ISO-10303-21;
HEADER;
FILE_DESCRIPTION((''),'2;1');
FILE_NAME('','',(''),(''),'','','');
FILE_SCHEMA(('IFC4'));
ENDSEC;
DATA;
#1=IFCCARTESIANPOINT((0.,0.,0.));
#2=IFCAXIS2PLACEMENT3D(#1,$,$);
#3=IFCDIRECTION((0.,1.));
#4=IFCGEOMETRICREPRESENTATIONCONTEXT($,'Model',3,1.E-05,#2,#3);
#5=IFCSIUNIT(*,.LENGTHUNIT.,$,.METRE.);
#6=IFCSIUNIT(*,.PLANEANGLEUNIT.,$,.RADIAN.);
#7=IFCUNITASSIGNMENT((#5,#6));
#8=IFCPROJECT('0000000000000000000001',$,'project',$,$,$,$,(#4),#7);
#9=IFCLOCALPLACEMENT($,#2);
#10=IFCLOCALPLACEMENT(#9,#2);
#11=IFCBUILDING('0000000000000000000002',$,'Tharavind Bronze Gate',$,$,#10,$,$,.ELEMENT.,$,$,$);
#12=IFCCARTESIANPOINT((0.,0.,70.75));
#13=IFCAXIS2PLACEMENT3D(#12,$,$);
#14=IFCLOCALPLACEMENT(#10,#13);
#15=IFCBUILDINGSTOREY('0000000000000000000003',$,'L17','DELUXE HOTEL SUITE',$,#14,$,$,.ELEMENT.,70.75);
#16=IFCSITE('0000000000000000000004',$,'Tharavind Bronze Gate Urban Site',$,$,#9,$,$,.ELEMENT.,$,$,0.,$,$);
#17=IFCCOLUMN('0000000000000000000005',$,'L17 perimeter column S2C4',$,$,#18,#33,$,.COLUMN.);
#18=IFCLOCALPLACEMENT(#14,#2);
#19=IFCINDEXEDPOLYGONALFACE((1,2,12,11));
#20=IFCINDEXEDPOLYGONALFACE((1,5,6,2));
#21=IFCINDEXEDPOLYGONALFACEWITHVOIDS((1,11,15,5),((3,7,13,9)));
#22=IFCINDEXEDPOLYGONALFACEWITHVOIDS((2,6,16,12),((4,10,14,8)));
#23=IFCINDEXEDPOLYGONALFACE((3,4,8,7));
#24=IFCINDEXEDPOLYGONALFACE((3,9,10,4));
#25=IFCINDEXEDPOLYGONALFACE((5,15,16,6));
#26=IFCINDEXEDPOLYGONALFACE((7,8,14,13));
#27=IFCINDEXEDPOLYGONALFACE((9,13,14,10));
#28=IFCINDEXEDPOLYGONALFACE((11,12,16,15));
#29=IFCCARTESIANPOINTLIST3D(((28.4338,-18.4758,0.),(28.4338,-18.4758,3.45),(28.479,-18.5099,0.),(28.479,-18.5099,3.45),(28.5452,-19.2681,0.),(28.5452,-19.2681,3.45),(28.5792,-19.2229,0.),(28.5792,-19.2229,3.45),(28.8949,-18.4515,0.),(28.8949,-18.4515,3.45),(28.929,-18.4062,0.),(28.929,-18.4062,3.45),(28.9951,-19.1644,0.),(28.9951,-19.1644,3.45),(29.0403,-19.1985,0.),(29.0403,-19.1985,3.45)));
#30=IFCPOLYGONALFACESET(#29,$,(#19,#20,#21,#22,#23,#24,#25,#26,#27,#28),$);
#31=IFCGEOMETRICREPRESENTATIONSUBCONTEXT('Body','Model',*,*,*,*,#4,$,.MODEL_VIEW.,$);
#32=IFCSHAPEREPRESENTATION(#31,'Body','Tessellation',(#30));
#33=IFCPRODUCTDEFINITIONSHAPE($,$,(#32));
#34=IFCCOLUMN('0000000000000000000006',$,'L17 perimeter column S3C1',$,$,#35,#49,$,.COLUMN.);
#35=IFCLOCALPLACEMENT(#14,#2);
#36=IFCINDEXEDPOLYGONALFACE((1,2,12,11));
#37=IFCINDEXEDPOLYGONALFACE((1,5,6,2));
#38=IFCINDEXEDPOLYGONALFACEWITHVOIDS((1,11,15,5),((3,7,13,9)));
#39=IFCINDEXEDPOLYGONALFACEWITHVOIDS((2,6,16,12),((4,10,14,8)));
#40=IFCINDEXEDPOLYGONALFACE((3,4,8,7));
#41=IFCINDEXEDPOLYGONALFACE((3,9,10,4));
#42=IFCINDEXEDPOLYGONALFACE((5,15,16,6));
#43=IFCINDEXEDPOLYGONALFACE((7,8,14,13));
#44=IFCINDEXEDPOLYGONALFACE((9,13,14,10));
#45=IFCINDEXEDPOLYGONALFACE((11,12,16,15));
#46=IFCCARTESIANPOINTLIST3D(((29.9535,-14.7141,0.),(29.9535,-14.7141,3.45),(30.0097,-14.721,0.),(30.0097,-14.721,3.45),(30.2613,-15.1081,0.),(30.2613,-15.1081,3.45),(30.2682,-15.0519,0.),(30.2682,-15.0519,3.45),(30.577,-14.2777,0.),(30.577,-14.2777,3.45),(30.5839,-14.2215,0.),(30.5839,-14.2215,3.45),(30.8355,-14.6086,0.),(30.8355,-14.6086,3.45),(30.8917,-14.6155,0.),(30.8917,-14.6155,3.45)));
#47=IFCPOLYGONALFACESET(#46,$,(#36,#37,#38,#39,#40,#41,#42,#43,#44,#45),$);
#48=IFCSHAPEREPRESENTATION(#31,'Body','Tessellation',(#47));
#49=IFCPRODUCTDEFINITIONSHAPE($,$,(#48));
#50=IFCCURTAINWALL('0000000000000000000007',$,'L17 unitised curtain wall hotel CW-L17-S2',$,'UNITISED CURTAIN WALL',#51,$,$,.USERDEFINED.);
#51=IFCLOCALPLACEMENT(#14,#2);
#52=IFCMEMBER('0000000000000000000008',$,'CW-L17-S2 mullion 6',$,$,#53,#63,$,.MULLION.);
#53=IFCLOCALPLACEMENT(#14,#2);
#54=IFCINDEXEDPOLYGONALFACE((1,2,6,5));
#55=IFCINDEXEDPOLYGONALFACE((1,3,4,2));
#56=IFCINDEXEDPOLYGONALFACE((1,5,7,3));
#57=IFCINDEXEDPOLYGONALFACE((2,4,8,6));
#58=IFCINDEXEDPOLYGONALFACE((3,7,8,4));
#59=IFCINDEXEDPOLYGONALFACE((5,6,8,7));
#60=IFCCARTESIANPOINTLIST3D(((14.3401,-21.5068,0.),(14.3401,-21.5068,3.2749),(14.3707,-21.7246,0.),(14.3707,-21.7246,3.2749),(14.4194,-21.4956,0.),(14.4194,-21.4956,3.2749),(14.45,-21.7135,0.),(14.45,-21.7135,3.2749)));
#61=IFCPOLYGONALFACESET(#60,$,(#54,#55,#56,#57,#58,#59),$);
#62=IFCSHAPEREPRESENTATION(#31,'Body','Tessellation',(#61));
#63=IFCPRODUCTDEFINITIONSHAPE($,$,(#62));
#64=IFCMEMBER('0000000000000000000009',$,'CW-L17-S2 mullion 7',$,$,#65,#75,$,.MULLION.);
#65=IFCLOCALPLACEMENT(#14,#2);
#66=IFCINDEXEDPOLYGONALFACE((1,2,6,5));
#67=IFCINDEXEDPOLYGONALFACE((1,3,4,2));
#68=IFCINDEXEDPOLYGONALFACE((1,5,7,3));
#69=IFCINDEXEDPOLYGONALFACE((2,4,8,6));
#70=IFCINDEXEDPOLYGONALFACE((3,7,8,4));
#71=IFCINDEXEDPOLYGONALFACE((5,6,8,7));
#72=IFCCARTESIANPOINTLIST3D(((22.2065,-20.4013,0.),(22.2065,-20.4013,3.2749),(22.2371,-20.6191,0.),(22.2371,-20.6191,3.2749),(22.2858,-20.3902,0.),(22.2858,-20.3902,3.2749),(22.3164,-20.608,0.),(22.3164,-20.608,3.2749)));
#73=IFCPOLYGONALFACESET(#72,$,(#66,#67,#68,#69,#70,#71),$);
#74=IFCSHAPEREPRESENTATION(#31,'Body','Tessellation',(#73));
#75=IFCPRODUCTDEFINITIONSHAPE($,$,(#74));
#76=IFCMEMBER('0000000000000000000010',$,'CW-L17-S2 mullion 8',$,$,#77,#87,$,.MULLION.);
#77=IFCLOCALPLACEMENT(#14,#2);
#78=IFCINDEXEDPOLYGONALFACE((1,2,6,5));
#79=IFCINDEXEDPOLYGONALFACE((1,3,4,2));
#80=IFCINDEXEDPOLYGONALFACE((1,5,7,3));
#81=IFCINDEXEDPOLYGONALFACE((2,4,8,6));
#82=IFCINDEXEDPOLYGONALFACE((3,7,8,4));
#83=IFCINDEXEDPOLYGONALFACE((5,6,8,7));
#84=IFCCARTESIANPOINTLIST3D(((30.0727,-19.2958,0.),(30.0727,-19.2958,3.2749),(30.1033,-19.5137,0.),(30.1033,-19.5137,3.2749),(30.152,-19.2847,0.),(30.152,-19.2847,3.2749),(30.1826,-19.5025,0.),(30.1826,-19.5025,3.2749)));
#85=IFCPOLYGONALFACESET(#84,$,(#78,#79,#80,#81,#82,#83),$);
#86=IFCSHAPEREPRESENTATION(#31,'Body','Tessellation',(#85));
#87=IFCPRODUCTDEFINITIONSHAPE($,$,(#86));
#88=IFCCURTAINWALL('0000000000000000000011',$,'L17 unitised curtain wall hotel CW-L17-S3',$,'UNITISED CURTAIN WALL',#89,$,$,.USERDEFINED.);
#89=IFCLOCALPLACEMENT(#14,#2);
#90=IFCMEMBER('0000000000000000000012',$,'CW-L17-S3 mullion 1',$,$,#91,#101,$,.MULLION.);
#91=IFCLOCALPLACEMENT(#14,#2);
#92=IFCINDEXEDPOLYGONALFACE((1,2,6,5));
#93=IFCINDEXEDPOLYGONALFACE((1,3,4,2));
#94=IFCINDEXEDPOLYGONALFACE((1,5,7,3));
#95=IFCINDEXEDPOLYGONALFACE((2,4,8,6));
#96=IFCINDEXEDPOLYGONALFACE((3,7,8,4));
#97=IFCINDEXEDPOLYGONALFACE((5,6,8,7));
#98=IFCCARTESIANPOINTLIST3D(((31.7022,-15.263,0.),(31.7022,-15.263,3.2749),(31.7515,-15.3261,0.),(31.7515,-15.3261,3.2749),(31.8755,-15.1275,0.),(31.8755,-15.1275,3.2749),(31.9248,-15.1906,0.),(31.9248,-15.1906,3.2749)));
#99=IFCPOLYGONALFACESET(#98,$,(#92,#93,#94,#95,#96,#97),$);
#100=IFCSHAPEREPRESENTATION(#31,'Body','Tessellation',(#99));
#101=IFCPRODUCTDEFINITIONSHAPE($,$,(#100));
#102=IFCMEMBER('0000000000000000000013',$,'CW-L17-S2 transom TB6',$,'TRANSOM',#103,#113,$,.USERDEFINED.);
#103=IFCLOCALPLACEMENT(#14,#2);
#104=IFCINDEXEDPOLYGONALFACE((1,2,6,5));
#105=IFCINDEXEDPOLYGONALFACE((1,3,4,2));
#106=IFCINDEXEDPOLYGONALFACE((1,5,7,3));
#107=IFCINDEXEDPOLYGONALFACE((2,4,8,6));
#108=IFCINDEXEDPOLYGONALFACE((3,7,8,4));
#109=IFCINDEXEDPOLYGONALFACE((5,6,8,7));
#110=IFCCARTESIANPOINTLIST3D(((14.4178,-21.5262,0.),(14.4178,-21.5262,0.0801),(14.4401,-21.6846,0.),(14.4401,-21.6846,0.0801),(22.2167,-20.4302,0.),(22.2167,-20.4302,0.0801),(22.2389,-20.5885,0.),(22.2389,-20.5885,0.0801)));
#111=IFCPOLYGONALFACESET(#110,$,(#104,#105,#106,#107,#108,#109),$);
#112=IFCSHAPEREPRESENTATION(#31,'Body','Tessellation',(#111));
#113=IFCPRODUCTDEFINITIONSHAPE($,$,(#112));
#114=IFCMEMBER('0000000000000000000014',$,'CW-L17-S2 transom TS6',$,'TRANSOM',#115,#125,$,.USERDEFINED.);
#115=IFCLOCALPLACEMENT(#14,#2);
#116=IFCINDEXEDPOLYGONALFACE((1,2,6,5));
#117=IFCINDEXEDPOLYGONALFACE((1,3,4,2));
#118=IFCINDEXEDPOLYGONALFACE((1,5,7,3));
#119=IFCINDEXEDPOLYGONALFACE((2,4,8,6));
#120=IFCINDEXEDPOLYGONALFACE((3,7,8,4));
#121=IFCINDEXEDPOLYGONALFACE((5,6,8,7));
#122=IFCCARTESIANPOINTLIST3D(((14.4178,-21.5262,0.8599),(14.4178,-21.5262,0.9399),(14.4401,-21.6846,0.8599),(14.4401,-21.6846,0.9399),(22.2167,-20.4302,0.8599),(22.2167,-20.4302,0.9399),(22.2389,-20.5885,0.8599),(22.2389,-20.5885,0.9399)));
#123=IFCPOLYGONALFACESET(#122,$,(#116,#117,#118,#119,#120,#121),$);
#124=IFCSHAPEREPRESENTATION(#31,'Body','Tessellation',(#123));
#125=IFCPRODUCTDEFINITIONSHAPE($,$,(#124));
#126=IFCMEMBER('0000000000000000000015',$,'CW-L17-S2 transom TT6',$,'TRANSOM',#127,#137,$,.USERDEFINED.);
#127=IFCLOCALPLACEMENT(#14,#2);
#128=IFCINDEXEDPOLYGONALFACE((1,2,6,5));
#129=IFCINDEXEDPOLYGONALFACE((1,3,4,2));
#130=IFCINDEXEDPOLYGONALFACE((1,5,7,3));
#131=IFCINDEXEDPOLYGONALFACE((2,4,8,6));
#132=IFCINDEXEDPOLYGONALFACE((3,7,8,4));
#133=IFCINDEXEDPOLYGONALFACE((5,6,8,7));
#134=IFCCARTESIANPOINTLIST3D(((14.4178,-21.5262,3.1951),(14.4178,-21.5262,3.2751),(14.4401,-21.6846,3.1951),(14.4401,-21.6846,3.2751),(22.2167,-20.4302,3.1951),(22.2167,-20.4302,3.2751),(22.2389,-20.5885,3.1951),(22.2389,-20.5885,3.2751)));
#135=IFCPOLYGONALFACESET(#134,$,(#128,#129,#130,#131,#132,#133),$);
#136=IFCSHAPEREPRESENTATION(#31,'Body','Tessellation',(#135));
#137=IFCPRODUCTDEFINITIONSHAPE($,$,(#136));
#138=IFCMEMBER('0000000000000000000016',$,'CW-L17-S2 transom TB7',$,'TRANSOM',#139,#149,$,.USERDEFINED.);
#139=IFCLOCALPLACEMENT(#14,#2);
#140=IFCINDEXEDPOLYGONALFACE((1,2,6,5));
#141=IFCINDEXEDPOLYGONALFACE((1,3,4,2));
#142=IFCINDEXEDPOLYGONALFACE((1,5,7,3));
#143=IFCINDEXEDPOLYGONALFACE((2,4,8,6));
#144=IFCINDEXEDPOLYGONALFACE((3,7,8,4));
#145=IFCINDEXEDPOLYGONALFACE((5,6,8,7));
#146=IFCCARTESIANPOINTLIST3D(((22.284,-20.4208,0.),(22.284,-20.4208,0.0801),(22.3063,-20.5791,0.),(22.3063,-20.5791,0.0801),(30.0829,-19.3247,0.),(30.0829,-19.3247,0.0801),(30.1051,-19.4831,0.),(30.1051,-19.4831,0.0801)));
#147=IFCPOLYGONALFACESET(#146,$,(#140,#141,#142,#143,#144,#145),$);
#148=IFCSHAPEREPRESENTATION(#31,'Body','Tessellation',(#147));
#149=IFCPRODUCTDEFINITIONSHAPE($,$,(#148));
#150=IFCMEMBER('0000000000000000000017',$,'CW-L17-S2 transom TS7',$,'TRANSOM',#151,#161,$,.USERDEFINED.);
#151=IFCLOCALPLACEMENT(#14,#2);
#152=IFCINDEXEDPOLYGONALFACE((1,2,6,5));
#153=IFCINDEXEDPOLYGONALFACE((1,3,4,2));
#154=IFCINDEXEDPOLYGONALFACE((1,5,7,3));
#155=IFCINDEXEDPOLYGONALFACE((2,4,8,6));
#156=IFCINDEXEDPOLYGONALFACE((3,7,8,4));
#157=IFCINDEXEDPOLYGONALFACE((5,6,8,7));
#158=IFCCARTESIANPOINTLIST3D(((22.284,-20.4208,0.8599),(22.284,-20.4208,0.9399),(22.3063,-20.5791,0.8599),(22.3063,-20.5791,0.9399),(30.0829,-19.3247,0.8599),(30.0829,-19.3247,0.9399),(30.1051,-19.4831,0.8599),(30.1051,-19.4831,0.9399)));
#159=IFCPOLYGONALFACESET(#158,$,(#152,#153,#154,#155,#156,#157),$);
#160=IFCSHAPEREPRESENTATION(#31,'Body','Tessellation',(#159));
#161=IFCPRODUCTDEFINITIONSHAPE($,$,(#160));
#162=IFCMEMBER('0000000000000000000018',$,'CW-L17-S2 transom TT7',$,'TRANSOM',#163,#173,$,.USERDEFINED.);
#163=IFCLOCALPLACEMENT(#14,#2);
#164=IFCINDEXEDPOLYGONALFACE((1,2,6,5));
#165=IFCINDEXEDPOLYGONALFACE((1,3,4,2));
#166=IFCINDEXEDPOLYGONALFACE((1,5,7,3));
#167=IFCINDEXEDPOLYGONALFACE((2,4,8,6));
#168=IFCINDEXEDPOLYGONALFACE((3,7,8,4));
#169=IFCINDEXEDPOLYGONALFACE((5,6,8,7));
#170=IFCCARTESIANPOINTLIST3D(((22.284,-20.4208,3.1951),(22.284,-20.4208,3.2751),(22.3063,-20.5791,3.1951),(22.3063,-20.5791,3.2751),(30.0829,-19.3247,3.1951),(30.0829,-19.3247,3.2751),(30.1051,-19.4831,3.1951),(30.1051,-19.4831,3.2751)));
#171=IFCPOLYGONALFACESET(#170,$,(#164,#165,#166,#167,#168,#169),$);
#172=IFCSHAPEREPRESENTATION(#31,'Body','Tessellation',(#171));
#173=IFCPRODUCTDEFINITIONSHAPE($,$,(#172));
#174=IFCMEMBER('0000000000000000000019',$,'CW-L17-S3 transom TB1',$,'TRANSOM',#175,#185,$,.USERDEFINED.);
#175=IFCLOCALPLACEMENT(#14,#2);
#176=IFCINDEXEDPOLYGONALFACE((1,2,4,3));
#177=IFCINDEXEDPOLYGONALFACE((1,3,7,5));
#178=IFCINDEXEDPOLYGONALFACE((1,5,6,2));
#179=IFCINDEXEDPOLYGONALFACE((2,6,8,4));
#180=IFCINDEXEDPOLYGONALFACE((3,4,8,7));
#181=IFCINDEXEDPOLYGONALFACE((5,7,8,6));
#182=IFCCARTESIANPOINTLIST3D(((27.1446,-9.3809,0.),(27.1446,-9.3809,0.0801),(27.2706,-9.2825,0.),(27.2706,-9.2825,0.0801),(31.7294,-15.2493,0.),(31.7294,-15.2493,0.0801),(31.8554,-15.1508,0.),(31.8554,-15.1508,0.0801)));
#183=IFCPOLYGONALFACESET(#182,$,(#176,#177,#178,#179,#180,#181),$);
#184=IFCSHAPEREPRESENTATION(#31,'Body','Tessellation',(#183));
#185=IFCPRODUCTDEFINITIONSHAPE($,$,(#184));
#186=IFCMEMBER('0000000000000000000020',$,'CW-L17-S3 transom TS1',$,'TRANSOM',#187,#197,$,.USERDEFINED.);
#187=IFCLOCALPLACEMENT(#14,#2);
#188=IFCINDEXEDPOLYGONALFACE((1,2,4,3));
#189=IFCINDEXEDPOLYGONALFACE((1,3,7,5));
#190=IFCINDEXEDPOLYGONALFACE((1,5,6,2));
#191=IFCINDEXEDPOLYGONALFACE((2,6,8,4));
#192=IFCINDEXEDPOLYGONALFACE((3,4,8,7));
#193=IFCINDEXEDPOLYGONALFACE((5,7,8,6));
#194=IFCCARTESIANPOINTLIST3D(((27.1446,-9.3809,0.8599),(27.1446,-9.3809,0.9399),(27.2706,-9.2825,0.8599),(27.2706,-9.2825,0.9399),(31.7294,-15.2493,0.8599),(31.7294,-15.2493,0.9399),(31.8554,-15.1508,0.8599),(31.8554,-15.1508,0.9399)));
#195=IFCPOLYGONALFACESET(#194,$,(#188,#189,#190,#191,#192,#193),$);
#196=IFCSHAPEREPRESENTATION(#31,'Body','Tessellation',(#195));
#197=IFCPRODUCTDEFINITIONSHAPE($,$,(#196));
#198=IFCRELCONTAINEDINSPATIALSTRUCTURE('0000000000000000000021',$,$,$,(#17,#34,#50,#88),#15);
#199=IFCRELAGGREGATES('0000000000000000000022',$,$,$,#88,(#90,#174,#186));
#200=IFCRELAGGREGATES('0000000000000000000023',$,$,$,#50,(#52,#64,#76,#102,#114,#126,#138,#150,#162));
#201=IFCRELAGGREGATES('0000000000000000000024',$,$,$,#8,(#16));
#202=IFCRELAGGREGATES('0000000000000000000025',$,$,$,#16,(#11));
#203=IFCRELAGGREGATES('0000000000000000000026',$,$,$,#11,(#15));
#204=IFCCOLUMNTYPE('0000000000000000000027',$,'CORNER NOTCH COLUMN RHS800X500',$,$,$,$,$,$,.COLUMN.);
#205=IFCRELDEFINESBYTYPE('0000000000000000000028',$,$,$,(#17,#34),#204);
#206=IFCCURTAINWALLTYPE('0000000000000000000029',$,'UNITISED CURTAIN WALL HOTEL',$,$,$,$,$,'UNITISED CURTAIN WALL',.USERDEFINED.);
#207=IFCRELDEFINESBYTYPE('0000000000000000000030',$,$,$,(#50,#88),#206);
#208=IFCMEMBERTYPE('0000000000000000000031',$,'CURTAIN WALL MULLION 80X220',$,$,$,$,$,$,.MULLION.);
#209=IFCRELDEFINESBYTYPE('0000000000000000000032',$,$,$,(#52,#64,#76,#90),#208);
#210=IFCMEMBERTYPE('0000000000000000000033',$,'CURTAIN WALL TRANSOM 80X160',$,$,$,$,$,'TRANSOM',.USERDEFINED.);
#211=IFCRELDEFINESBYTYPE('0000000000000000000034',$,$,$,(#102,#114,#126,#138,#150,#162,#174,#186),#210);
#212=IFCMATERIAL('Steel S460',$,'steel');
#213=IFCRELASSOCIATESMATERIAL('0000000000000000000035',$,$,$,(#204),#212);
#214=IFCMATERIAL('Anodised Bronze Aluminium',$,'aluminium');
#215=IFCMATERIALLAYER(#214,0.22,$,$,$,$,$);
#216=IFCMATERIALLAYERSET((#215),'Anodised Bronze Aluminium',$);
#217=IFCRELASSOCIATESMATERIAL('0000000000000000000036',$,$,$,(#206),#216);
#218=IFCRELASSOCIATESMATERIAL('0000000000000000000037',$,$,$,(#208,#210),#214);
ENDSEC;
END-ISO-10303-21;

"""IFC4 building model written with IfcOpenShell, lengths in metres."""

from ifc_helpers import new_model, si_unit, direction, frame, origin, origin_2d, place, context, subcontext, project, spatial, rectangle, hollow_rectangle, extrude, material, layer, layer_set, material_profile, profile_set, type_object, element, aggregate, save


model = new_model("IFC4")

# Units and contexts
model_context = context("Model", 3, precision=1e-05, world=origin(), true_north=direction((0.0, 1.0)))
body_context = subcontext(model_context, "Body", "Model", "MODEL_VIEW")
ifc_project = project(units=[si_unit("LENGTHUNIT", "METRE"), si_unit("PLANEANGLEUNIT", "RADIAN")], contexts=[model_context])

# Site, building, storey
site_placement = place(None, origin())
site = spatial("IfcSite", under=ifc_project, at=site_placement, Name="Tharavind Bronze Gate Urban Site", CompositionType="ELEMENT", RefElevation=0.0)
building_placement = place(site_placement, origin())
building = spatial("IfcBuilding", under=site, at=building_placement, Name="Tharavind Bronze Gate", CompositionType="ELEMENT")
storey_placement = place(building_placement, frame((0.0, 0.0, 70.75)))
storey = spatial("IfcBuildingStorey", under=building, at=storey_placement, Name="L17", Description="DELUXE HOTEL SUITE", CompositionType="ELEMENT", Elevation=70.75)

# Columns
ifc_material_1 = material(Name="Steel S460", Category="steel")
ifc_material_profile_1 = material_profile(ifc_material_1, hollow_rectangle(XDim=0.5, YDim=0.8, WallThickness=0.04, at=origin_2d()), Name="RHS800X500X40")
ifc_profile_set_1 = profile_set([ifc_material_profile_1], Name="Steel S460")
column_type = type_object("IfcColumnType", Name="CORNER NOTCH COLUMN RHS800X500", PredefinedType="COLUMN", material=ifc_profile_set_1)
for number, where, z_axis, x_axis, name in (
    (1, (28.7371, -18.8372, 0.0), (0.0, 0.0, 1.0), (0.990268, 0.139173, 0.0), "L17 perimeter column S2C4"),
    (2, (30.4226, -14.6648, 0.0), (0.0, 0.0, 1.0), (-0.615661, 0.788011, 0.0), "L17 perimeter column S3C1"),
):
    element("IfcColumn", number, at=place(storey_placement, frame(where, z_axis=z_axis, x_axis=x_axis)), inside=storey, type_object=column_type, Name=name, PredefinedType="COLUMN", context=body_context, shape_type="SweptSolid", body=[
        extrude(hollow_rectangle(XDim=0.5, YDim=0.8, WallThickness=0.04, at=origin_2d()), origin(), (0.0, 0.0, 1.0), 3.45),
    ])

# Curtain wall, members
ifc_material_2 = material(Name="Anodised Bronze Aluminium", Category="aluminium")
ifc_layer_1 = layer(ifc_material_2, 0.22)
ifc_layer_set_1 = layer_set([ifc_layer_1], Name="Anodised Bronze Aluminium")
curtain_wall_type = type_object("IfcCurtainWallType", Name="UNITISED CURTAIN WALL HOTEL", ElementType="UNITISED CURTAIN WALL", PredefinedType="USERDEFINED", material=ifc_layer_set_1)
curtain_wall_1_placement = place(storey_placement, origin())
curtain_wall_1 = element("IfcCurtainWall", 3, at=curtain_wall_1_placement, inside=storey, type_object=curtain_wall_type, Name="L17 unitised curtain wall hotel CW-L17-S2", ObjectType="UNITISED CURTAIN WALL", PredefinedType="USERDEFINED")
member_type_1 = type_object("IfcMemberType", Name="CURTAIN WALL MULLION 80X220", PredefinedType="MULLION", material=ifc_material_2)
member_1_placement = place(storey_placement, frame((14.395, -21.6101, 0.0), z_axis=(0.0, 0.0, 1.0), x_axis=(0.990268, 0.139173, 0.0)))
member_1 = element("IfcMember", 4, at=member_1_placement, type_object=member_type_1, Name="CW-L17-S2 mullion 6", PredefinedType="MULLION", context=body_context, shape_type="SweptSolid", body=[
    extrude(rectangle(XDim=0.0801, YDim=0.22, at=origin_2d()), origin(), (0.0, 0.0, 1.0), 3.2749),
])
member_2_placement = place(storey_placement, frame((22.2615, -20.5046, 0.0), z_axis=(0.0, 0.0, 1.0), x_axis=(0.990268, 0.139173, 0.0)))
member_2 = element("IfcMember", 5, at=member_2_placement, type_object=member_type_1, Name="CW-L17-S2 mullion 7", PredefinedType="MULLION", context=body_context, shape_type="SweptSolid", body=[
    extrude(rectangle(XDim=0.0801, YDim=0.22, at=origin_2d()), origin(), (0.0, 0.0, 1.0), 3.2749),
])
member_3_placement = place(storey_placement, frame((30.1277, -19.3992, 0.0), z_axis=(0.0, 0.0, 1.0), x_axis=(0.990268, 0.139173, 0.0)))
member_3 = element("IfcMember", 6, at=member_3_placement, type_object=member_type_1, Name="CW-L17-S2 mullion 8", PredefinedType="MULLION", context=body_context, shape_type="SweptSolid", body=[
    extrude(rectangle(XDim=0.0801, YDim=0.22, at=origin_2d()), origin(), (0.0, 0.0, 1.0), 3.2749),
])

# Curtain wall, member
curtain_wall_2_placement = place(storey_placement, origin())
curtain_wall_2 = element("IfcCurtainWall", 7, at=curtain_wall_2_placement, inside=storey, type_object=curtain_wall_type, Name="L17 unitised curtain wall hotel CW-L17-S3", ObjectType="UNITISED CURTAIN WALL", PredefinedType="USERDEFINED")
member_4_placement = place(storey_placement, frame((31.8135, -15.2268, 0.0), z_axis=(0.0, 0.0, 1.0), x_axis=(-0.615661, 0.788011, 0.0)))
member_4 = element("IfcMember", 8, at=member_4_placement, type_object=member_type_1, Name="CW-L17-S3 mullion 1", PredefinedType="MULLION", context=body_context, shape_type="SweptSolid", body=[
    extrude(rectangle(XDim=0.0801, YDim=0.22, at=origin_2d()), origin(), (0.0, 0.0, 1.0), 3.2749),
])

# Members
member_type_2 = type_object("IfcMemberType", Name="CURTAIN WALL TRANSOM 80X160", ElementType="TRANSOM", PredefinedType="USERDEFINED", material=ifc_material_2)
member_5_placement = place(storey_placement, frame((18.3284, -21.0574, 0.0), z_axis=(0.0, 0.0, 1.0), x_axis=(0.990268, 0.139173, 0.0)))
member_5 = element("IfcMember", 9, at=member_5_placement, type_object=member_type_2, Name="CW-L17-S2 transom TB6", ObjectType="TRANSOM", PredefinedType="USERDEFINED", context=body_context, shape_type="SweptSolid", body=[
    extrude(rectangle(XDim=7.8755, YDim=0.1599, at=origin_2d()), origin(), (0.0, 0.0, 1.0), 0.0801),
])
member_6_placement = place(storey_placement, frame((18.3284, -21.0574, 0.8599), z_axis=(0.0, 0.0, 1.0), x_axis=(0.990268, 0.139173, 0.0)))
member_6 = element("IfcMember", 10, at=member_6_placement, type_object=member_type_2, Name="CW-L17-S2 transom TS6", ObjectType="TRANSOM", PredefinedType="USERDEFINED", context=body_context, shape_type="SweptSolid", body=[
    extrude(rectangle(XDim=7.8755, YDim=0.1599, at=origin_2d()), origin(), (0.0, 0.0, 1.0), 0.0801),
])
member_7_placement = place(storey_placement, frame((18.3284, -21.0574, 3.1951), z_axis=(0.0, 0.0, 1.0), x_axis=(0.990268, 0.139173, 0.0)))
member_7 = element("IfcMember", 11, at=member_7_placement, type_object=member_type_2, Name="CW-L17-S2 transom TT6", ObjectType="TRANSOM", PredefinedType="USERDEFINED", context=body_context, shape_type="SweptSolid", body=[
    extrude(rectangle(XDim=7.8755, YDim=0.1599, at=origin_2d()), origin(), (0.0, 0.0, 1.0), 0.0801),
])
member_8_placement = place(storey_placement, frame((26.1946, -19.9519, 0.0), z_axis=(0.0, 0.0, 1.0), x_axis=(0.990268, 0.139173, 0.0)))
member_8 = element("IfcMember", 12, at=member_8_placement, type_object=member_type_2, Name="CW-L17-S2 transom TB7", ObjectType="TRANSOM", PredefinedType="USERDEFINED", context=body_context, shape_type="SweptSolid", body=[
    extrude(rectangle(XDim=7.8755, YDim=0.1599, at=origin_2d()), origin(), (0.0, 0.0, 1.0), 0.0801),
])
member_9_placement = place(storey_placement, frame((26.1946, -19.9519, 0.8599), z_axis=(0.0, 0.0, 1.0), x_axis=(0.990268, 0.139173, 0.0)))
member_9 = element("IfcMember", 13, at=member_9_placement, type_object=member_type_2, Name="CW-L17-S2 transom TS7", ObjectType="TRANSOM", PredefinedType="USERDEFINED", context=body_context, shape_type="SweptSolid", body=[
    extrude(rectangle(XDim=7.8755, YDim=0.1599, at=origin_2d()), origin(), (0.0, 0.0, 1.0), 0.0801),
])
member_10_placement = place(storey_placement, frame((26.1946, -19.9519, 3.1951), z_axis=(0.0, 0.0, 1.0), x_axis=(0.990268, 0.139173, 0.0)))
member_10 = element("IfcMember", 14, at=member_10_placement, type_object=member_type_2, Name="CW-L17-S2 transom TT7", ObjectType="TRANSOM", PredefinedType="USERDEFINED", context=body_context, shape_type="SweptSolid", body=[
    extrude(rectangle(XDim=7.8755, YDim=0.1599, at=origin_2d()), origin(), (0.0, 0.0, 1.0), 0.0801),
])
member_11_placement = place(storey_placement, frame((29.5, -12.2659, 0.0), z_axis=(0.0, 0.0, 1.0), x_axis=(-0.615661, 0.788011, 0.0)))
member_11 = element("IfcMember", 15, at=member_11_placement, type_object=member_type_2, Name="CW-L17-S3 transom TB1", ObjectType="TRANSOM", PredefinedType="USERDEFINED", context=body_context, shape_type="SweptSolid", body=[
    extrude(rectangle(XDim=7.447, YDim=0.1599, at=origin_2d()), origin(), (0.0, 0.0, 1.0), 0.0801),
])
member_12_placement = place(storey_placement, frame((29.5, -12.2659, 0.8599), z_axis=(0.0, 0.0, 1.0), x_axis=(-0.615661, 0.788011, 0.0)))
member_12 = element("IfcMember", 16, at=member_12_placement, type_object=member_type_2, Name="CW-L17-S3 transom TS1", ObjectType="TRANSOM", PredefinedType="USERDEFINED", context=body_context, shape_type="SweptSolid", body=[
    extrude(rectangle(XDim=7.447, YDim=0.1599, at=origin_2d()), origin(), (0.0, 0.0, 1.0), 0.0801),
])
aggregate(curtain_wall_2, [member_4, member_11, member_12])

aggregate(curtain_wall_1, [member_1, member_2, member_3, member_5, member_6, member_7, member_8, member_9, member_10])

save(model, "model.ifc")
